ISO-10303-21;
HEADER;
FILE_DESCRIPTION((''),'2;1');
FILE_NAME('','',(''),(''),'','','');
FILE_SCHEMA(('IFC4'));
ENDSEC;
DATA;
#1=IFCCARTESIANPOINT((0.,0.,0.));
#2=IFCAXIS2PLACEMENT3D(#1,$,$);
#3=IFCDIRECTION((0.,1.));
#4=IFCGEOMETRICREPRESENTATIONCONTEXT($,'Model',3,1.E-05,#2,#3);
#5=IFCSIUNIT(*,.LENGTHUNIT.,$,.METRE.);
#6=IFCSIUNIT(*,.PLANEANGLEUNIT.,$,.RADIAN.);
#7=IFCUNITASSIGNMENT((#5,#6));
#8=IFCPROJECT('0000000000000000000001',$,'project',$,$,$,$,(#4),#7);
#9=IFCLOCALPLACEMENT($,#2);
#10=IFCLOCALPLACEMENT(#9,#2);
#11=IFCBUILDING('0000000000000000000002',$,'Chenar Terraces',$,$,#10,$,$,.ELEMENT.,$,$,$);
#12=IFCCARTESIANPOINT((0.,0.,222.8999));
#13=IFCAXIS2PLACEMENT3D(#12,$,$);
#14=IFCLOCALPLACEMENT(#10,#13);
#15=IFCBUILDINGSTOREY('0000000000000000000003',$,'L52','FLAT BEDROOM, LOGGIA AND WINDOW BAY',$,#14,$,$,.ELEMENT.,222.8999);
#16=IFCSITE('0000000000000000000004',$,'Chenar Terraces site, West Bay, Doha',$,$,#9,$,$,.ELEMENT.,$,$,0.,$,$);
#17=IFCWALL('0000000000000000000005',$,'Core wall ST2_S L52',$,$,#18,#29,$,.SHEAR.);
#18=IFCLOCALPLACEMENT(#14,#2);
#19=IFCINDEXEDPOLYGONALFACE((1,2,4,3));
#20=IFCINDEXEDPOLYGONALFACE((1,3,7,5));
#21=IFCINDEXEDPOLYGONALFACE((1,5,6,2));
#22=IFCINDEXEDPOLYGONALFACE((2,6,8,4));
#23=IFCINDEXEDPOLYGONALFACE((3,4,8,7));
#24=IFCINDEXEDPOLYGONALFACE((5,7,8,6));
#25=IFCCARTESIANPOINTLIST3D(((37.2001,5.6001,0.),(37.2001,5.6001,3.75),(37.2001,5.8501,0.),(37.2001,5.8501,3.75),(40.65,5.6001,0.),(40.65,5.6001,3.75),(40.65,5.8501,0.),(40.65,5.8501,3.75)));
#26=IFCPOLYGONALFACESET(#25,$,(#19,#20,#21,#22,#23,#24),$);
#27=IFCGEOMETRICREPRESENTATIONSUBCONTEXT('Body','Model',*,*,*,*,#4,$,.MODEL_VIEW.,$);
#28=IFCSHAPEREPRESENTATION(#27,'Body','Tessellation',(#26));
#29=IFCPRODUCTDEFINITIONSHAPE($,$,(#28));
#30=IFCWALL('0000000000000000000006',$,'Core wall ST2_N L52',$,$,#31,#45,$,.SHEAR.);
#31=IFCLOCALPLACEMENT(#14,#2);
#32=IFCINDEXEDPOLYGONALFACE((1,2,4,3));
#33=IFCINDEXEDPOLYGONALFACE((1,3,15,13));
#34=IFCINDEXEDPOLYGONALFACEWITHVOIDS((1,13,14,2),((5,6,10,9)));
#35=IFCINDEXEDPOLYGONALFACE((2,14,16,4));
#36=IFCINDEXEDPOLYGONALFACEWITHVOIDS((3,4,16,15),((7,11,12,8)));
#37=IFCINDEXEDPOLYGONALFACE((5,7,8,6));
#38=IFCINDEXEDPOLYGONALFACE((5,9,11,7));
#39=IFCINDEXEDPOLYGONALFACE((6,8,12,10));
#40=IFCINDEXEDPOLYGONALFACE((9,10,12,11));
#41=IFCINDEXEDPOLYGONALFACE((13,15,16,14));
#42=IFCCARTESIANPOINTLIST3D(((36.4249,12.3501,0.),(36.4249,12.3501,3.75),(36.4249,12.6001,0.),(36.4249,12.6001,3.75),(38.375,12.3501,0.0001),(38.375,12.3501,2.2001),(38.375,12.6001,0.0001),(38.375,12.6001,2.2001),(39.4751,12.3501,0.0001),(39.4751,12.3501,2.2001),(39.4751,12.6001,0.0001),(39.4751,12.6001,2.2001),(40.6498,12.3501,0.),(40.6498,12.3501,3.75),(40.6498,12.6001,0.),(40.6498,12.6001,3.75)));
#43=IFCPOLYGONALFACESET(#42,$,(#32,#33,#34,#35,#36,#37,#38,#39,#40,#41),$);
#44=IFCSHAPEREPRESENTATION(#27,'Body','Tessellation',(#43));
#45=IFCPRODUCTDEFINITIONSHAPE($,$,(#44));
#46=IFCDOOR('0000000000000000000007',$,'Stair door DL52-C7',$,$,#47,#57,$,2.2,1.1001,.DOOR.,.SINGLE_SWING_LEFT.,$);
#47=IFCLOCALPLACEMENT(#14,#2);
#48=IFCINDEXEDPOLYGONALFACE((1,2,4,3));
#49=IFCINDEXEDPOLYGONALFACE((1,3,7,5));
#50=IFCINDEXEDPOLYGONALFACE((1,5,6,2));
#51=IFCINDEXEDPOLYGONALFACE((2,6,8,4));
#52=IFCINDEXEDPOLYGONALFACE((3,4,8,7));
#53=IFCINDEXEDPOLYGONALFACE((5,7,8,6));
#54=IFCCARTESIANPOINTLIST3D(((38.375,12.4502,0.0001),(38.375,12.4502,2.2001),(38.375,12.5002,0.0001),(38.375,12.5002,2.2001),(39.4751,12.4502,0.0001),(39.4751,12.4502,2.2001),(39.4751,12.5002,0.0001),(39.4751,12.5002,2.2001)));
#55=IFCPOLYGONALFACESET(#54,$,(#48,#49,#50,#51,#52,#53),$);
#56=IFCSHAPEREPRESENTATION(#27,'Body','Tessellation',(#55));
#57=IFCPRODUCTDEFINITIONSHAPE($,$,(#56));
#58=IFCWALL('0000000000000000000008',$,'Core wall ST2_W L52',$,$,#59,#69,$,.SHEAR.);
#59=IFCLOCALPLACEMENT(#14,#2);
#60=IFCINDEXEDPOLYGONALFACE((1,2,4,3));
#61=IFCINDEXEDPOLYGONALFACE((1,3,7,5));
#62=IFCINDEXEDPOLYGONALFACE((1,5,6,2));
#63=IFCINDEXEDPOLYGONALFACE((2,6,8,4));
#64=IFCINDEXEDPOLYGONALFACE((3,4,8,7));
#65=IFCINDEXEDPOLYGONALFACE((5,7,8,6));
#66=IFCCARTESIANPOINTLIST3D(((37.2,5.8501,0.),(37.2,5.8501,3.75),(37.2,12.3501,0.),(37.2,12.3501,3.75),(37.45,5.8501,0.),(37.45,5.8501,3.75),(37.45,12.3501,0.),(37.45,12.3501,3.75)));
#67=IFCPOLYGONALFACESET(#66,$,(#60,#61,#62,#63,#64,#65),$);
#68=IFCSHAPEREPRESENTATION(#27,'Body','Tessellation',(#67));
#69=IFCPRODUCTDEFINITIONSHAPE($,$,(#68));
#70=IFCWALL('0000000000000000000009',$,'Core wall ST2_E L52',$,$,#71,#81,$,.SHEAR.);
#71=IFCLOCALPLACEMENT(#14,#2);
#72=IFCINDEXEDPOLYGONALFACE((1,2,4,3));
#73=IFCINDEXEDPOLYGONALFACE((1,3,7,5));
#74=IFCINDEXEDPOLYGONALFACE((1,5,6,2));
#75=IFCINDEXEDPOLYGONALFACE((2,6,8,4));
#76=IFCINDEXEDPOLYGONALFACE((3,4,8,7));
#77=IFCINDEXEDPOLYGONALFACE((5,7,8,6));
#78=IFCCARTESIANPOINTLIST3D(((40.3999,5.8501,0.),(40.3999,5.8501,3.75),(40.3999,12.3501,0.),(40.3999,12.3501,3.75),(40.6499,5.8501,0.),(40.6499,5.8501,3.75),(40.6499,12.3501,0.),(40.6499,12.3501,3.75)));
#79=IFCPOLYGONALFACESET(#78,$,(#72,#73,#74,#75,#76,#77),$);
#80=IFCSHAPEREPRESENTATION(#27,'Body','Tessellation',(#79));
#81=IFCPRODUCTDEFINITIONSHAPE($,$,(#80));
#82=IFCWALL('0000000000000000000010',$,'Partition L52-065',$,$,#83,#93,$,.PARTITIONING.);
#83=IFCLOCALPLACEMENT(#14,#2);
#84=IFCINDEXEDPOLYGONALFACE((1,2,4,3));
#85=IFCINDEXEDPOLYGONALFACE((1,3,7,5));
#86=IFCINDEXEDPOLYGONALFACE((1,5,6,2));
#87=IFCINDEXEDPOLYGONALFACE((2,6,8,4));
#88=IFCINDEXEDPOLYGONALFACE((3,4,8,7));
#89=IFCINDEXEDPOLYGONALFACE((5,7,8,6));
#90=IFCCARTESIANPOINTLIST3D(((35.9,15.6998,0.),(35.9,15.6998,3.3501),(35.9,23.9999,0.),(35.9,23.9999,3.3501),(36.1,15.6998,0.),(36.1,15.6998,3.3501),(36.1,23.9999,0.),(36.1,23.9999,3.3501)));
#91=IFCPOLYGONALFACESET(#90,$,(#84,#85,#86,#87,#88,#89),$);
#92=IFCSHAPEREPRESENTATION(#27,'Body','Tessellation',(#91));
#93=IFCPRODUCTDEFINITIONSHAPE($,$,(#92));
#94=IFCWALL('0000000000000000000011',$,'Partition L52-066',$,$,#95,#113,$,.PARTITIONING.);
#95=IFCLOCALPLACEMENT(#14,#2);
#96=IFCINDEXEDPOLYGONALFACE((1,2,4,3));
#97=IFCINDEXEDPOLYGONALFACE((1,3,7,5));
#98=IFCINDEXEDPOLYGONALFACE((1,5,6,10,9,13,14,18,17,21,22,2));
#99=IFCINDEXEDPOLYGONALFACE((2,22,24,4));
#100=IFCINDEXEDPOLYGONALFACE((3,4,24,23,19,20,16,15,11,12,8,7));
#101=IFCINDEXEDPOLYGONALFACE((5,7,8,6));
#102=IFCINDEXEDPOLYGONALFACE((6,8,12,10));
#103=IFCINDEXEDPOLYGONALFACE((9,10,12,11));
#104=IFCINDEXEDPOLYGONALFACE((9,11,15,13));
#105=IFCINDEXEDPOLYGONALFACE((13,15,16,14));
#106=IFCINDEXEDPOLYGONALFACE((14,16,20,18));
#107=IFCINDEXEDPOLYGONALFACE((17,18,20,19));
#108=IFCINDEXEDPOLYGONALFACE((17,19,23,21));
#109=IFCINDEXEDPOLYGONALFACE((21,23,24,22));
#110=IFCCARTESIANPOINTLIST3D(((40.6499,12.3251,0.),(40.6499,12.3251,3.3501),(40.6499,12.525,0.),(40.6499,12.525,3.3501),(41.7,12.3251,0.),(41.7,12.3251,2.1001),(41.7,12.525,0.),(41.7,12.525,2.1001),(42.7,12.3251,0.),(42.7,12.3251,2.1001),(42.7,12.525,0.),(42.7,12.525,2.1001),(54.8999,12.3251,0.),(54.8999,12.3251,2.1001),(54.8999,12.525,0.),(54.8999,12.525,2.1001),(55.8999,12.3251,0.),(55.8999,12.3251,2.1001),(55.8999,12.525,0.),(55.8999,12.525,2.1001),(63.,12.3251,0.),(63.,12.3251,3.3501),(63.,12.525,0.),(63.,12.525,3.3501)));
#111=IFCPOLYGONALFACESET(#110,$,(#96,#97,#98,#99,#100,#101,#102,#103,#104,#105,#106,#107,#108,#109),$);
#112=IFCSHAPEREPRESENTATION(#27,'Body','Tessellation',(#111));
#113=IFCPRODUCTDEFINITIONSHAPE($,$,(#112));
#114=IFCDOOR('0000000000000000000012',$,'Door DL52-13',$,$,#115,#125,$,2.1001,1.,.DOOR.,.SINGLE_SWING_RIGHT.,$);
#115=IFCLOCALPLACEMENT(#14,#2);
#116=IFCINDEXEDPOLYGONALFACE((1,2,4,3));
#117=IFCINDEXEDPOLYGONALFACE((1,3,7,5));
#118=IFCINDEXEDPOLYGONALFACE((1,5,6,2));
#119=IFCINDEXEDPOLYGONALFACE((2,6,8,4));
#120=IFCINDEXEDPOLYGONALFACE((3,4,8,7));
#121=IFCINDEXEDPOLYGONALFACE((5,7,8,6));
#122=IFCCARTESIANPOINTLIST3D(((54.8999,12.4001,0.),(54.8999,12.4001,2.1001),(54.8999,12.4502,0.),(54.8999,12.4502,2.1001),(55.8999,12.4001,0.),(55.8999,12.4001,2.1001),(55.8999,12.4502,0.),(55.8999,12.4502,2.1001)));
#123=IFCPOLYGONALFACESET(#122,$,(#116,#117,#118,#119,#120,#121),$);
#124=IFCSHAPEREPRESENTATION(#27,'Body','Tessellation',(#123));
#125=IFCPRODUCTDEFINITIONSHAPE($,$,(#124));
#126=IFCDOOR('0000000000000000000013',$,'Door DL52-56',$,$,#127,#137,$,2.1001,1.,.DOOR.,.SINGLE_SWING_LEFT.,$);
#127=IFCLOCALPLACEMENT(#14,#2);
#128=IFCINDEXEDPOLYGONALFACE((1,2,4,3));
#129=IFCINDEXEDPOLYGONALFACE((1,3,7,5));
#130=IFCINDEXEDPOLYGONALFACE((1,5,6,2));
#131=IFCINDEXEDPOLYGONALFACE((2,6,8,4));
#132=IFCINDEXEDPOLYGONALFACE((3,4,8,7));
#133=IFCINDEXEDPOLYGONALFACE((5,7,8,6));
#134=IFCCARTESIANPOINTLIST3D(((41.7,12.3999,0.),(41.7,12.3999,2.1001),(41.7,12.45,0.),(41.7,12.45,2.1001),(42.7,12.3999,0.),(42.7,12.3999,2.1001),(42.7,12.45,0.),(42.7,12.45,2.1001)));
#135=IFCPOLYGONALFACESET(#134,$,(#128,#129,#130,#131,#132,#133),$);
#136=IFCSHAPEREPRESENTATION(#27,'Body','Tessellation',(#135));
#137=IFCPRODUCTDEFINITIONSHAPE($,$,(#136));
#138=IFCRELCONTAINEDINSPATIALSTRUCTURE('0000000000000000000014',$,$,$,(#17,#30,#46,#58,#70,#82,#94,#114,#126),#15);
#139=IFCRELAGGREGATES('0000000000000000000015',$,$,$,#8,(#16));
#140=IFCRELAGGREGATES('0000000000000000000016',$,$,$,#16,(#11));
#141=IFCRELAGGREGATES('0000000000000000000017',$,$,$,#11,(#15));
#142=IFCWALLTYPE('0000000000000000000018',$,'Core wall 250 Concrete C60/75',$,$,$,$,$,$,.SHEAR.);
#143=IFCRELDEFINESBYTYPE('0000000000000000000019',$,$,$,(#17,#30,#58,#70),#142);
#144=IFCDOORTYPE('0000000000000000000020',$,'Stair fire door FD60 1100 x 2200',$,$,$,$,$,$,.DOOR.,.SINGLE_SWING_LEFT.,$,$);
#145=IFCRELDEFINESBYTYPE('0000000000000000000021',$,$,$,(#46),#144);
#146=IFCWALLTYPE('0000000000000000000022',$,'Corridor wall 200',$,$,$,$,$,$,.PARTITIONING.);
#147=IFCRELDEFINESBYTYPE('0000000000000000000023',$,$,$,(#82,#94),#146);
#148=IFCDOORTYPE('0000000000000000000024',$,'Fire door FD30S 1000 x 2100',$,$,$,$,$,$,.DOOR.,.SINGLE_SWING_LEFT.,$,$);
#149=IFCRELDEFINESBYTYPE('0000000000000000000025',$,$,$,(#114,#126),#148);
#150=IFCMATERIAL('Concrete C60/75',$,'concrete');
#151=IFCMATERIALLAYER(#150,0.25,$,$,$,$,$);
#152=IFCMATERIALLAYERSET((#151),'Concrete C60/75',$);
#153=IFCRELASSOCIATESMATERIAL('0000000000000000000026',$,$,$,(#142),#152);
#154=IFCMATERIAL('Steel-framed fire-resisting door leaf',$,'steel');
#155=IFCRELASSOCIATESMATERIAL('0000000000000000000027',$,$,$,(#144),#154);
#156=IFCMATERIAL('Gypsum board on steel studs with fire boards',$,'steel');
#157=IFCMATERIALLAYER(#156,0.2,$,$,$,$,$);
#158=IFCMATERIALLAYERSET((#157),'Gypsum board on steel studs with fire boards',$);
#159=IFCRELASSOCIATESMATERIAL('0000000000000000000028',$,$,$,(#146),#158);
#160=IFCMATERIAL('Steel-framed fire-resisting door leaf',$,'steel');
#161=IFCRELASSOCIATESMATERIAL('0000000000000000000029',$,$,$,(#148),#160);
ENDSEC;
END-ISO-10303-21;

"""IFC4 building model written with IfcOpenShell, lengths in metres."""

from ifc_helpers import new_model, si_unit, direction, frame, frame_2d, origin, place, context, subcontext, project, spatial, rectangle, extrude, material, layer, layer_set, type_object, element, fill, save


model = new_model("IFC4")

# Units and contexts
model_context = context("Model", 3, precision=1e-05, world=origin(), true_north=direction((0.0, 1.0)))
body_context = subcontext(model_context, "Body", "Model", "MODEL_VIEW")
ifc_project = project(units=[si_unit("LENGTHUNIT", "METRE"), si_unit("PLANEANGLEUNIT", "RADIAN")], contexts=[model_context])

# Site, building, storey
site_placement = place(None, origin())
site = spatial("IfcSite", under=ifc_project, at=site_placement, Name="Chenar Terraces site, West Bay, Doha", CompositionType="ELEMENT", RefElevation=0.0)
building_placement = place(site_placement, origin())
building = spatial("IfcBuilding", under=site, at=building_placement, Name="Chenar Terraces", CompositionType="ELEMENT")
storey_placement = place(building_placement, frame((0.0, 0.0, 222.8999)))
storey = spatial("IfcBuildingStorey", under=building, at=storey_placement, Name="L52", Description="FLAT BEDROOM, LOGGIA AND WINDOW BAY", CompositionType="ELEMENT", Elevation=222.8999)

# Wall
ifc_material_1 = material(Name="Concrete C60/75", Category="concrete")
ifc_layer_1 = layer(ifc_material_1, 0.25)
ifc_layer_set_1 = layer_set([ifc_layer_1], Name="Concrete C60/75")
wall_type_1 = type_object("IfcWallType", Name="Core wall 250 Concrete C60/75", PredefinedType="SHEAR", material=ifc_layer_set_1)
wall_1_placement = place(storey_placement, frame((37.2, 5.7251, 0.0), z_axis=(0.0, 0.0, 1.0), x_axis=(1.0, 0.0, 0.0)))
element("IfcWall", 1, at=wall_1_placement, inside=storey, type_object=wall_type_1, Name="Core wall ST2_S L52", PredefinedType="SHEAR", context=body_context, shape_type="SweptSolid", body=[
    extrude(rectangle(XDim=3.45, YDim=0.25, at=frame_2d((1.7251, 0.0))), origin(), (0.0, 0.0, 1.0), 3.75),
])

# Wall, opening, door
wall_2_placement = place(storey_placement, frame((36.425, 12.4751, 0.0), z_axis=(0.0, 0.0, 1.0), x_axis=(1.0, 0.0, 0.0)))
wall_2 = element("IfcWall", 2, at=wall_2_placement, inside=storey, type_object=wall_type_1, Name="Core wall ST2_N L52", PredefinedType="SHEAR", context=body_context, shape_type="SweptSolid", body=[
    extrude(rectangle(XDim=4.2249, YDim=0.25, at=frame_2d((2.1123, 0.0))), origin(), (0.0, 0.0, 1.0), 3.75),
])
opening_1_placement = place(wall_2_placement, frame((1.95, 0.0, 0.0)))
opening_1 = element("IfcOpeningElement", 3, at=opening_1_placement, cuts=wall_2, PredefinedType="OPENING", context=body_context, shape_type="SweptSolid", body=[
    extrude(rectangle(XDim=1.1001, YDim=2.2, at=frame_2d((0.55, 1.1001))), frame((0.0, 0.135, 0.0), z_axis=(0.0, -1.0, 0.0), x_axis=(1.0, 0.0, 0.0)), (0.0, 0.0, 1.0), 0.27),
])
ifc_material_2 = material(Name="Steel-framed fire-resisting door leaf", Category="steel")
door_type_1 = type_object("IfcDoorType", Name="Stair fire door FD60 1100 x 2200", OperationType="SINGLE_SWING_LEFT", PredefinedType="DOOR", material=ifc_material_2)
door_1_placement = place(opening_1_placement, frame((1.1001, 0.0, 0.0), z_axis=(0.0, 0.0, 1.0), x_axis=(-1.0, 0.0, 0.0)))
door_1 = element("IfcDoor", 4, at=door_1_placement, inside=storey, type_object=door_type_1, Name="Stair door DL52-C7", OperationType="SINGLE_SWING_LEFT", OverallHeight=2.2, OverallWidth=1.1001, PredefinedType="DOOR", context=body_context, shape_type="SweptSolid", body=[
    extrude(rectangle(XDim=1.1001, YDim=2.2, at=frame_2d((0.55, 1.1001))), frame((0.0, 0.0249, 0.0), z_axis=(0.0, -1.0, 0.0), x_axis=(1.0, 0.0, 0.0)), (0.0, 0.0, 1.0), 0.05),
])
fill(opening_1, door_1)

# Walls
for number, where, z_axis, x_axis, name in (
    (5, (37.325, 5.8501, 0.0), (0.0, 0.0, 1.0), (0.0, 1.0, 0.0), "Core wall ST2_W L52"),
    (6, (40.5249, 5.8501, 0.0), (0.0, 0.0, 1.0), (0.0, 1.0, 0.0), "Core wall ST2_E L52"),
):
    element("IfcWall", number, at=place(storey_placement, frame(where, z_axis=z_axis, x_axis=x_axis)), inside=storey, type_object=wall_type_1, Name=name, PredefinedType="SHEAR", context=body_context, shape_type="SweptSolid", body=[
        extrude(rectangle(XDim=6.5, YDim=0.25, at=frame_2d((3.25, 0.0))), origin(), (0.0, 0.0, 1.0), 3.75),
    ])
ifc_material_3 = material(Name="Gypsum board on steel studs with fire boards", Category="steel")
ifc_layer_2 = layer(ifc_material_3, 0.2)
ifc_layer_set_2 = layer_set([ifc_layer_2], Name="Gypsum board on steel studs with fire boards")
wall_type_2 = type_object("IfcWallType", Name="Corridor wall 200", PredefinedType="PARTITIONING", material=ifc_layer_set_2)
wall_3_placement = place(storey_placement, frame((36.0, 15.7, 0.0), z_axis=(0.0, 0.0, 1.0), x_axis=(0.0, 1.0, 0.0)))
element("IfcWall", 7, at=wall_3_placement, inside=storey, type_object=wall_type_2, Name="Partition L52-065", PredefinedType="PARTITIONING", context=body_context, shape_type="SweptSolid", body=[
    extrude(rectangle(XDim=8.3, YDim=0.2, at=frame_2d((4.1499, 0.0))), origin(), (0.0, 0.0, 1.0), 3.3501),
])

# Wall, openings, doors
wall_4_placement = place(storey_placement, frame((40.6499, 12.425, 0.0), z_axis=(0.0, 0.0, 1.0), x_axis=(1.0, 0.0, 0.0)))
wall_4 = element("IfcWall", 8, at=wall_4_placement, inside=storey, type_object=wall_type_2, Name="Partition L52-066", PredefinedType="PARTITIONING", context=body_context, shape_type="SweptSolid", body=[
    extrude(rectangle(XDim=22.3501, YDim=0.2, at=frame_2d((11.175, 0.0))), origin(), (0.0, 0.0, 1.0), 3.3501),
])
opening_2_placement = place(wall_4_placement, frame((14.25, 0.0, 0.0)))
opening_2 = element("IfcOpeningElement", 9, at=opening_2_placement, cuts=wall_4, PredefinedType="OPENING", context=body_context, shape_type="SweptSolid", body=[
    extrude(rectangle(XDim=1.0, YDim=2.1001, at=frame_2d((0.5, 1.05))), frame((0.0, 0.1099, 0.0), z_axis=(0.0, -1.0, 0.0), x_axis=(1.0, 0.0, 0.0)), (0.0, 0.0, 1.0), 0.22),
])
opening_3_placement = place(wall_4_placement, frame((1.05, 0.0, 0.0)))
opening_3 = element("IfcOpeningElement", 10, at=opening_3_placement, cuts=wall_4, PredefinedType="OPENING", context=body_context, shape_type="SweptSolid", body=[
    extrude(rectangle(XDim=1.0, YDim=2.1001, at=frame_2d((0.5, 1.05))), frame((0.0, 0.1099, 0.0), z_axis=(0.0, -1.0, 0.0), x_axis=(1.0, 0.0, 0.0)), (0.0, 0.0, 1.0), 0.22),
])
ifc_material_4 = material(Name="Steel-framed fire-resisting door leaf", Category="steel")
door_type_2 = type_object("IfcDoorType", Name="Fire door FD30S 1000 x 2100", OperationType="SINGLE_SWING_LEFT", PredefinedType="DOOR", material=ifc_material_4)
door_2_placement = place(opening_2_placement, frame((1.0, 0.0, 0.0), z_axis=(0.0, 0.0, 1.0), x_axis=(-1.0, 0.0, 0.0)))
door_2 = element("IfcDoor", 11, at=door_2_placement, inside=storey, type_object=door_type_2, Name="Door DL52-13", OperationType="SINGLE_SWING_RIGHT", OverallHeight=2.1001, OverallWidth=1.0, PredefinedType="DOOR", context=body_context, shape_type="SweptSolid", body=[
    extrude(rectangle(XDim=1.0, YDim=2.1001, at=frame_2d((0.5, 1.05))), frame((0.0, 0.0249, 0.0), z_axis=(0.0, -1.0, 0.0), x_axis=(1.0, 0.0, 0.0)), (0.0, 0.0, 1.0), 0.05),
])
fill(opening_2, door_2)
door_3_placement = place(opening_3_placement, origin())
door_3 = element("IfcDoor", 12, at=door_3_placement, inside=storey, type_object=door_type_2, Name="Door DL52-56", OperationType="SINGLE_SWING_LEFT", OverallHeight=2.1001, OverallWidth=1.0, PredefinedType="DOOR", context=body_context, shape_type="SweptSolid", body=[
    extrude(rectangle(XDim=1.0, YDim=2.1001, at=frame_2d((0.5, 1.05))), frame((0.0, 0.0249, 0.0), z_axis=(0.0, -1.0, 0.0), x_axis=(1.0, 0.0, 0.0)), (0.0, 0.0, 1.0), 0.05),
])
fill(opening_3, door_3)

save(model, "model.ifc")
